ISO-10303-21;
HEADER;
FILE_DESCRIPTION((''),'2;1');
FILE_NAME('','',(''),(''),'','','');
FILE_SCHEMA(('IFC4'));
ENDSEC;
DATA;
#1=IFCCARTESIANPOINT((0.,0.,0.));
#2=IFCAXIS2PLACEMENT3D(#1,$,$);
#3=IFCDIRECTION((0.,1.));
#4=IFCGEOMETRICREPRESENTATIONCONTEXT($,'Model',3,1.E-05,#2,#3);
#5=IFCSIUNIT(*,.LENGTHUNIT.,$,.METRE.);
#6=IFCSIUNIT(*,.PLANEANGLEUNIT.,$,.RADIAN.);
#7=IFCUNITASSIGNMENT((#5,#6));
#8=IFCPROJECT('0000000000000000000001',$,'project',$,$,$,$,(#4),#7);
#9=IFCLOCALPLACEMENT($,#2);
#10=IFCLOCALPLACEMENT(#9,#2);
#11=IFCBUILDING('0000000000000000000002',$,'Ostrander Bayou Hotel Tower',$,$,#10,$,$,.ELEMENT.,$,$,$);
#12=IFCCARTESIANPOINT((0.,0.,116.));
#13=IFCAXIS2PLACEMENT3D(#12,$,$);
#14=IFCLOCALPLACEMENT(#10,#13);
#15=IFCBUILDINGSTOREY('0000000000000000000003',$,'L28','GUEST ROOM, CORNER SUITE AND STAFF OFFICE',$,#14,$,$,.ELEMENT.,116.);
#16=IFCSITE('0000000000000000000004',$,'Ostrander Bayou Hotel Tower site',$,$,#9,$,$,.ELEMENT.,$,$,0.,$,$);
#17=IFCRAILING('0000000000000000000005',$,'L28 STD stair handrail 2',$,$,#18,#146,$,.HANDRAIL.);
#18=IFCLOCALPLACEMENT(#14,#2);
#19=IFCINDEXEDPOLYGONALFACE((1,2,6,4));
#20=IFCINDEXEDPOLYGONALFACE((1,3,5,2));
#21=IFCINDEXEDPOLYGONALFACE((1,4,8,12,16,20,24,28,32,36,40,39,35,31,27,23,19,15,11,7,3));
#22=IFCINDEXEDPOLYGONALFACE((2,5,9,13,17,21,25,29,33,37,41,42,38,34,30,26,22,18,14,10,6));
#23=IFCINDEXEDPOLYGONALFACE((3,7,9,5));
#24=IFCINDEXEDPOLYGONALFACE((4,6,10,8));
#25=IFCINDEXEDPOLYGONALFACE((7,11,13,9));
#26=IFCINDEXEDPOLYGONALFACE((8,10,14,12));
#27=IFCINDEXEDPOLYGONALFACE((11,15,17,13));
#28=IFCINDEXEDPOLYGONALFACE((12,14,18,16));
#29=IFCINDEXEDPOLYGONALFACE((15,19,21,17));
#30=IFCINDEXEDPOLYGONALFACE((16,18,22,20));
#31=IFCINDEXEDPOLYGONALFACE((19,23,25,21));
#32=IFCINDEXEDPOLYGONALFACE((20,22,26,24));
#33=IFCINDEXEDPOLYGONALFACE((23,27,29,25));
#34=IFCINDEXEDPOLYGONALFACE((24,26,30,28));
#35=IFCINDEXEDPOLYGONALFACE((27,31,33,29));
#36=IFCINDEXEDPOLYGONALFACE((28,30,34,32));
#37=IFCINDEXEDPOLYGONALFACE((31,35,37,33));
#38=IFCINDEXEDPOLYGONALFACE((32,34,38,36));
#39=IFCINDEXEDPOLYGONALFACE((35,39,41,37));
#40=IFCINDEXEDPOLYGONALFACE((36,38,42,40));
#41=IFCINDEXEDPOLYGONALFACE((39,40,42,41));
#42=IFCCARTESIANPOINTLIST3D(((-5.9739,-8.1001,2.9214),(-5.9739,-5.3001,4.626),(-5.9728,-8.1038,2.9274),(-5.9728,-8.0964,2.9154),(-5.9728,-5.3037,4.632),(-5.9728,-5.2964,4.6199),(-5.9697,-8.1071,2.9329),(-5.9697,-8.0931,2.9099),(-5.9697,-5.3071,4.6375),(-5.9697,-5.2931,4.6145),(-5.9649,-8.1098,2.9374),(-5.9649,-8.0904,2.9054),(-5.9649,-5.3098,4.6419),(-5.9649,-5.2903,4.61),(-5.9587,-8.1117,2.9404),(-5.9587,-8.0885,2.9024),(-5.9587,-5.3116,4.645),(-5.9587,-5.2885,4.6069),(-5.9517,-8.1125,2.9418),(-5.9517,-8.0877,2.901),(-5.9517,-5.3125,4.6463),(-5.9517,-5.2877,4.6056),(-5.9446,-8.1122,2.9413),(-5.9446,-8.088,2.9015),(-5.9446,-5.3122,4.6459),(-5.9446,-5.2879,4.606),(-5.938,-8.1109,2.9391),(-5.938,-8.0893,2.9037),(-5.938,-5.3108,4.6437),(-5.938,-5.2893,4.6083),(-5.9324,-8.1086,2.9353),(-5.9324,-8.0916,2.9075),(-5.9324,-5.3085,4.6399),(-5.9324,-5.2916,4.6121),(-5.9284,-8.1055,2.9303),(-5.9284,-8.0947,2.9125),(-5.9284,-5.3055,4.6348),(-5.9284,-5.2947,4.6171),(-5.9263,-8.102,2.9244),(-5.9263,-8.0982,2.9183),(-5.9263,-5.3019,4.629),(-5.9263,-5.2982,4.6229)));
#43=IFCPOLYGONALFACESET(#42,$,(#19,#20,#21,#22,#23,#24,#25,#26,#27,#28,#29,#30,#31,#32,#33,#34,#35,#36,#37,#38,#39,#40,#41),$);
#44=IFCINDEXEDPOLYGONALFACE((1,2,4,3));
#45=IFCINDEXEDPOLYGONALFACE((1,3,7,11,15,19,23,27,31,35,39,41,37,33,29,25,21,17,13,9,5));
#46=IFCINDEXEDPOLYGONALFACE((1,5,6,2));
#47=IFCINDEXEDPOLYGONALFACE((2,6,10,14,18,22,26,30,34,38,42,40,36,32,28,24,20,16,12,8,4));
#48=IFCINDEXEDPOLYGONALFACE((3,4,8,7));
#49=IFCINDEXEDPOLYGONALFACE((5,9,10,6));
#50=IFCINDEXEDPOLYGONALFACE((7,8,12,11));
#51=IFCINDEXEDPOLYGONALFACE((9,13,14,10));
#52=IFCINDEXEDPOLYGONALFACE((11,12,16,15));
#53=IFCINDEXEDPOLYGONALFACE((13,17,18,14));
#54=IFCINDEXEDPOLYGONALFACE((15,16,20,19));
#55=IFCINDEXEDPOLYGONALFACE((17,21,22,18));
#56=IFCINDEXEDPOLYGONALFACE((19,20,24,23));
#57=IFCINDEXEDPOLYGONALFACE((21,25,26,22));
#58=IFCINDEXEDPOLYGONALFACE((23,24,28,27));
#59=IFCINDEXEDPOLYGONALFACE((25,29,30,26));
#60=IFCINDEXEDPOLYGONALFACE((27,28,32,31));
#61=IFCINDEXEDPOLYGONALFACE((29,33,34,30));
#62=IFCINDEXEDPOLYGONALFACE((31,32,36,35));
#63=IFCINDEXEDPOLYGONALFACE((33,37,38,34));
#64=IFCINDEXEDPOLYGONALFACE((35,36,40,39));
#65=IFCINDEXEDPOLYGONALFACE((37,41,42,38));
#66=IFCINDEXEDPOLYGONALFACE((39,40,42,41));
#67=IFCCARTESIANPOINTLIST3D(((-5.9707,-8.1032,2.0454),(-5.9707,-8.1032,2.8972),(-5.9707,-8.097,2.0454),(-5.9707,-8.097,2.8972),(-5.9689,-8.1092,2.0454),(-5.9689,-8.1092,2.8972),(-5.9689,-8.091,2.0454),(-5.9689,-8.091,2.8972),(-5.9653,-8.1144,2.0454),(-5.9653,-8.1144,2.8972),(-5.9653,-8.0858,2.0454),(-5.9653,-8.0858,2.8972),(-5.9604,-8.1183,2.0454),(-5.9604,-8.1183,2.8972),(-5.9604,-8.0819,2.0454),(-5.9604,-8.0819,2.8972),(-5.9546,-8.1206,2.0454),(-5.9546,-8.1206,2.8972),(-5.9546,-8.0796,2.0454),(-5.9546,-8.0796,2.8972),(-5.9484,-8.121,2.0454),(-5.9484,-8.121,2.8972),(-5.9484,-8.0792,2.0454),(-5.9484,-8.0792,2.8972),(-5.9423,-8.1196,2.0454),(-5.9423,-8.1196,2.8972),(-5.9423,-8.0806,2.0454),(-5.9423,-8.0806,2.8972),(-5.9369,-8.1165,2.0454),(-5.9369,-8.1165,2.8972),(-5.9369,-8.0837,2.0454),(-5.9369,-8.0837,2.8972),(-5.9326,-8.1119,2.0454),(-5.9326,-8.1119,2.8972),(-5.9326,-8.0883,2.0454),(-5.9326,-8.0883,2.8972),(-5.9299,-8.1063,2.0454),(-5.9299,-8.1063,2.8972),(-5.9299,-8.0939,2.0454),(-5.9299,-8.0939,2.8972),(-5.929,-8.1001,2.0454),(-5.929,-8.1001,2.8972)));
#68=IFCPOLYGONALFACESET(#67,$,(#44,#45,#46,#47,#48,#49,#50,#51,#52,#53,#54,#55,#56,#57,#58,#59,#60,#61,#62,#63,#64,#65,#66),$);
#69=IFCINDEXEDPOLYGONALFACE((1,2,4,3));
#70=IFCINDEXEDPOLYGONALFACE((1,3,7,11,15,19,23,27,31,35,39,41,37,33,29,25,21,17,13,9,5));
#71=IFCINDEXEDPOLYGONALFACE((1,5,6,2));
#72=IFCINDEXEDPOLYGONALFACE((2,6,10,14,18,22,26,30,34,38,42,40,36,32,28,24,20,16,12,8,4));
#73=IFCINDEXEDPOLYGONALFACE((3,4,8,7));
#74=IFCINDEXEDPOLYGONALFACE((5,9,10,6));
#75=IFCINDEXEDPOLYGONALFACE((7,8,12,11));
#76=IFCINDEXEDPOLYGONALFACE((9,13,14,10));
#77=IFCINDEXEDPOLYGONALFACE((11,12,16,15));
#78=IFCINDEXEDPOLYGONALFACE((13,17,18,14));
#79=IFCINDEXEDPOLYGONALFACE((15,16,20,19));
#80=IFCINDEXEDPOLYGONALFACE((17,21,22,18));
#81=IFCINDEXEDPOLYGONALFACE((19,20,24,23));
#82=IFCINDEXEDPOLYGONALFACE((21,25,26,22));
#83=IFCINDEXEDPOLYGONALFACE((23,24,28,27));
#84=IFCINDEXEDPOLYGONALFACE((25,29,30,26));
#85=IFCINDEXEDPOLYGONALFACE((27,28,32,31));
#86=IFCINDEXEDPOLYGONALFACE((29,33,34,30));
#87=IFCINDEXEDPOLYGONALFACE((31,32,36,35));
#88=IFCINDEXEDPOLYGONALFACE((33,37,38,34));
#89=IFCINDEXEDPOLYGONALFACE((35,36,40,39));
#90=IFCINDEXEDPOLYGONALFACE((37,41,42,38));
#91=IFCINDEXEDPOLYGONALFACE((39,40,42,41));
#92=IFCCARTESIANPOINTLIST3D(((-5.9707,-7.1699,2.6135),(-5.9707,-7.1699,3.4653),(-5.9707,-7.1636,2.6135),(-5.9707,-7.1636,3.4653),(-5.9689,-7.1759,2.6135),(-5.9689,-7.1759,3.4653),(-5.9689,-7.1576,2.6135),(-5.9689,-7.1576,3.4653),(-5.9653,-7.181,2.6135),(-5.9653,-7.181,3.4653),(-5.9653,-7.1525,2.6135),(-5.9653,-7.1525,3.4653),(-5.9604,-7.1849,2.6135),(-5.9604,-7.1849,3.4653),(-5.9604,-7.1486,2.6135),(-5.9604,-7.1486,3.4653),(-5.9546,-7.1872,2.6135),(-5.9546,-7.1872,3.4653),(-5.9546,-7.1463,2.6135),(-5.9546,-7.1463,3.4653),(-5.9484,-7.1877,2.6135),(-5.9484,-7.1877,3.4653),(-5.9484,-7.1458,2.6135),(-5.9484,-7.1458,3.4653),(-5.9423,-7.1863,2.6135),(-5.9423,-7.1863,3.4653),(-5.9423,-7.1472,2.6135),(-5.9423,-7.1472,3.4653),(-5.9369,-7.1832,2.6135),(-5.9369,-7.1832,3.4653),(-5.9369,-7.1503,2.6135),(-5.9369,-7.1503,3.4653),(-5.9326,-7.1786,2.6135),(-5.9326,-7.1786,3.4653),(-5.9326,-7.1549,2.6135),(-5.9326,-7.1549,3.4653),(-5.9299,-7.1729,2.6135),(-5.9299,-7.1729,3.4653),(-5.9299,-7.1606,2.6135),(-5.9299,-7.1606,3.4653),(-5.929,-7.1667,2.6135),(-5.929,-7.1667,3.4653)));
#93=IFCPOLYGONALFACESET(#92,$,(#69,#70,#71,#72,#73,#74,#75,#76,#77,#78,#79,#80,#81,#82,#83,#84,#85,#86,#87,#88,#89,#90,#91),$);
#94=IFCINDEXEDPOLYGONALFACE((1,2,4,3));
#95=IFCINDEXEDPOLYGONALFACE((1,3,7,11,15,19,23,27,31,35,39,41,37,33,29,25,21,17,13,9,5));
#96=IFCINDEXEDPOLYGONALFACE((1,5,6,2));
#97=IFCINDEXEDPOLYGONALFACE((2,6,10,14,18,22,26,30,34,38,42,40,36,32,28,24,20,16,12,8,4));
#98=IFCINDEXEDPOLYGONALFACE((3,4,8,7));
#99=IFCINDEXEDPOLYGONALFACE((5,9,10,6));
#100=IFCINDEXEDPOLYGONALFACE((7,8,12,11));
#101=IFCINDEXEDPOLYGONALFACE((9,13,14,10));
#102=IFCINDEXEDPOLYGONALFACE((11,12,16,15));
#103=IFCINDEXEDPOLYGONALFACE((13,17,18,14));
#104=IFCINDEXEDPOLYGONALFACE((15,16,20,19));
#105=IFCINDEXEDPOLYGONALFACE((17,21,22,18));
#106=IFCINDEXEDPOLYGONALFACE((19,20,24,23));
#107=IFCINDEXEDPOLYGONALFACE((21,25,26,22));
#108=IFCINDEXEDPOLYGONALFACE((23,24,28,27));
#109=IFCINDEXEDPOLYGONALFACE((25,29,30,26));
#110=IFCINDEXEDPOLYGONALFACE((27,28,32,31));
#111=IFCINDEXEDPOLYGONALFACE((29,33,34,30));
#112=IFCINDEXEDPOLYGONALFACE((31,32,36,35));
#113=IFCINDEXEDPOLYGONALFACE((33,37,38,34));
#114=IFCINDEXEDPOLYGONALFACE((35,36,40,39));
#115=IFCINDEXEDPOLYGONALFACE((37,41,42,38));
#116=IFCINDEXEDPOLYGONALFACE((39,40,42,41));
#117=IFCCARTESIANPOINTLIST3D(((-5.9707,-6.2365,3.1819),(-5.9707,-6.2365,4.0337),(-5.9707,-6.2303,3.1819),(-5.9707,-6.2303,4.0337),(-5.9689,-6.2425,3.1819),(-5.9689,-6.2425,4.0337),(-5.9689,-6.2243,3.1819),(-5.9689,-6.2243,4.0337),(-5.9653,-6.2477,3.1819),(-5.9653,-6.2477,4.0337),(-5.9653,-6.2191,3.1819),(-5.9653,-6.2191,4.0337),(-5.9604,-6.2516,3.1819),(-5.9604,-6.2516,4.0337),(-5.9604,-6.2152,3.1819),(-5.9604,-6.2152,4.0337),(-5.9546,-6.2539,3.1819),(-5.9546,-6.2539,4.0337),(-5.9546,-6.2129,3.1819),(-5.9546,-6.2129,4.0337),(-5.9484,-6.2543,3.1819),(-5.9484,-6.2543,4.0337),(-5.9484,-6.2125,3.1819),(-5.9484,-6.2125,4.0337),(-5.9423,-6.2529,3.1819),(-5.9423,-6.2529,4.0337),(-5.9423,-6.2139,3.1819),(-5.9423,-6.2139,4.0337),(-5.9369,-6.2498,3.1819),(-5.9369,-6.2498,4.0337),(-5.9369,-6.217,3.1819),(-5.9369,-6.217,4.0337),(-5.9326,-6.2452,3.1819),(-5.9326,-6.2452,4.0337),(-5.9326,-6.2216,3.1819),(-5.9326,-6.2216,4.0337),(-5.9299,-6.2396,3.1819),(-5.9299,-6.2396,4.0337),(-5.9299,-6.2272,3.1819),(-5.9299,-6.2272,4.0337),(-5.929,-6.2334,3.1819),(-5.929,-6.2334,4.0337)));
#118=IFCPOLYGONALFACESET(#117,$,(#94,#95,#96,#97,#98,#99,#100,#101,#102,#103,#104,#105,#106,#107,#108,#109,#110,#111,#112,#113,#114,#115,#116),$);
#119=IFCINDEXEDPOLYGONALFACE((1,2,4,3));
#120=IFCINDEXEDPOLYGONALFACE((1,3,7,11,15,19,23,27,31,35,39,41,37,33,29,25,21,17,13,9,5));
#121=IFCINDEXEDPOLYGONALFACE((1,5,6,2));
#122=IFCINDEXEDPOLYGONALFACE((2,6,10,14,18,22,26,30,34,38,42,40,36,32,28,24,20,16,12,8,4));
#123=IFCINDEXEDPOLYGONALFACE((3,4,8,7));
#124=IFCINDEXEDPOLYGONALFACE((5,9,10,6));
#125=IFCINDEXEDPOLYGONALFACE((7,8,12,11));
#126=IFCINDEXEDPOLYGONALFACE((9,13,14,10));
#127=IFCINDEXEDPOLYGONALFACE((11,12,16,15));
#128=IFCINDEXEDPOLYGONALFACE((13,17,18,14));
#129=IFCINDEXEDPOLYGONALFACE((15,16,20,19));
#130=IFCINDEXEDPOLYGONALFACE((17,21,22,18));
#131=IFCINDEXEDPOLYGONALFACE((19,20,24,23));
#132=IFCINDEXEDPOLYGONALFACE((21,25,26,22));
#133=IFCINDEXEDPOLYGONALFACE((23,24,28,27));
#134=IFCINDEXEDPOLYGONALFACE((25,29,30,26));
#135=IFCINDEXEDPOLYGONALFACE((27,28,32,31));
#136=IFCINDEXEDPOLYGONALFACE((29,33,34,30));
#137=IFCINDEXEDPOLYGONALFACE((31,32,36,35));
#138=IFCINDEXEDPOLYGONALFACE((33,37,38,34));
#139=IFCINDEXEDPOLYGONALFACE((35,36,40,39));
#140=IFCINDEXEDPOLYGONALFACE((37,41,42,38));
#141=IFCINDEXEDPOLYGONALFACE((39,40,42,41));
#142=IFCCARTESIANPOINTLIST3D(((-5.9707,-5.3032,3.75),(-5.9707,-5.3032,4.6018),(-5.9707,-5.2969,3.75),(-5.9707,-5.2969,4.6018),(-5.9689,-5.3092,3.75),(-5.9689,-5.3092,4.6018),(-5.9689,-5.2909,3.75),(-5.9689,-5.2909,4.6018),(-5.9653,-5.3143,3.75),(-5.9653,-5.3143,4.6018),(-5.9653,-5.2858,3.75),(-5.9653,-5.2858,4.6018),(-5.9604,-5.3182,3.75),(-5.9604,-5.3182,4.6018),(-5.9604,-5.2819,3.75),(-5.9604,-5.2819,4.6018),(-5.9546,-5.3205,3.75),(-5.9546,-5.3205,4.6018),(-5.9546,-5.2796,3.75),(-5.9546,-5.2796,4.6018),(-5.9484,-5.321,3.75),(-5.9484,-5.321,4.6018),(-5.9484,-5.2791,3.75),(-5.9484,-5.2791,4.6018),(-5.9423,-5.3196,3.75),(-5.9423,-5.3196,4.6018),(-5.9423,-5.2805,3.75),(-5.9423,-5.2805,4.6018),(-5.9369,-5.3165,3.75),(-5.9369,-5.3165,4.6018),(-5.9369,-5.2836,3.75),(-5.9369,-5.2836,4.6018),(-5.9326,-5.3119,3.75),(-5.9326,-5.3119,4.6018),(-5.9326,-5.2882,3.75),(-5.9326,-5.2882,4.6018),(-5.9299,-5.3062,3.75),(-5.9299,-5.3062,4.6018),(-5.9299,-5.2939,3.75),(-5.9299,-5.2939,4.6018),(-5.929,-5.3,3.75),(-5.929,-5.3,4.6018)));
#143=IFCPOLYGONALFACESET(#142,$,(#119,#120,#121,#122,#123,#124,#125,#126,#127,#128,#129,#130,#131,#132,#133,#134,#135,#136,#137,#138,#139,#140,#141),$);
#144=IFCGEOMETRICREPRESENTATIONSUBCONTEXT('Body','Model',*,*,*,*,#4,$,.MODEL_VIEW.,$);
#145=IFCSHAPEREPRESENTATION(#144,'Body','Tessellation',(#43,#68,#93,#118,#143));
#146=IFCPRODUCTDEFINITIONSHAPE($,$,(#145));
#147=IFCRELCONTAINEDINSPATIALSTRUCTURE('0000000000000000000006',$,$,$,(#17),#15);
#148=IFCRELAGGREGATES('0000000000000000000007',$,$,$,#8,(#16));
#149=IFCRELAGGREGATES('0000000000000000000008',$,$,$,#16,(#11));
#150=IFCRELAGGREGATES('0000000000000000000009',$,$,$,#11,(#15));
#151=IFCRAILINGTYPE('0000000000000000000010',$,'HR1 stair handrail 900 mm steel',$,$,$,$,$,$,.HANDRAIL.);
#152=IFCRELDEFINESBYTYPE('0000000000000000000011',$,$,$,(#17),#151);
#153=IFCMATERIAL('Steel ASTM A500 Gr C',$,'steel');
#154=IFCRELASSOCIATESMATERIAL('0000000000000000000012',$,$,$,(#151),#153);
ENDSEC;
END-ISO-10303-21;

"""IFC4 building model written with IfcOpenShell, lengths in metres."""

from ifc_helpers import new_model, si_unit, direction, frame, origin, origin_2d, place, context, subcontext, project, spatial, circle, extrude, material, type_object, element, save


model = new_model("IFC4")

# Units and contexts
model_context = context("Model", 3, precision=1e-05, world=origin(), true_north=direction((0.0, 1.0)))
body_context = subcontext(model_context, "Body", "Model", "MODEL_VIEW")
ifc_project = project(units=[si_unit("LENGTHUNIT", "METRE"), si_unit("PLANEANGLEUNIT", "RADIAN")], contexts=[model_context])

# Site, building, storey
site_placement = place(None, origin())
site = spatial("IfcSite", under=ifc_project, at=site_placement, Name="Ostrander Bayou Hotel Tower site", CompositionType="ELEMENT", RefElevation=0.0)
building_placement = place(site_placement, origin())
building = spatial("IfcBuilding", under=site, at=building_placement, Name="Ostrander Bayou Hotel Tower", CompositionType="ELEMENT")
storey_placement = place(building_placement, frame((0.0, 0.0, 116.0)))
storey = spatial("IfcBuildingStorey", under=building, at=storey_placement, Name="L28", Description="GUEST ROOM, CORNER SUITE AND STAFF OFFICE", CompositionType="ELEMENT", Elevation=116.0)

# Railing
ifc_material_1 = material(Name="Steel ASTM A500 Gr C", Category="steel")
railing_type_1 = type_object("IfcRailingType", Name="HR1 stair handrail 900 mm steel", PredefinedType="HANDRAIL", material=ifc_material_1)
railing_1_placement = place(storey_placement, frame((-5.95, -8.1001, 2.0454)))
element("IfcRailing", 1, at=railing_1_placement, inside=storey, type_object=railing_type_1, Name="L28 STD stair handrail 2", PredefinedType="HANDRAIL", context=body_context, shape_type="SweptSolid", body=[
    extrude(circle(Radius=0.0239, at=origin_2d()), frame((0.0, 0.0, 0.876), z_axis=(0.0, 0.85417, 0.519994), x_axis=(-1.0, 0.0, 0.0)), (0.0, 0.0, 1.0), 3.2781),
    extrude(circle(Radius=0.021, at=origin_2d()), origin(), (0.0, 0.0, 1.0), 0.8518),
    extrude(circle(Radius=0.021, at=origin_2d()), frame((0.0, 0.9333, 0.5681)), (0.0, 0.0, 1.0), 0.8518),
    extrude(circle(Radius=0.021, at=origin_2d()), frame((0.0, 1.8667, 1.1365)), (0.0, 0.0, 1.0), 0.8518),
    extrude(circle(Radius=0.021, at=origin_2d()), frame((0.0, 2.8, 1.7046)), (0.0, 0.0, 1.0), 0.8518),
])

save(model, "model.ifc")
